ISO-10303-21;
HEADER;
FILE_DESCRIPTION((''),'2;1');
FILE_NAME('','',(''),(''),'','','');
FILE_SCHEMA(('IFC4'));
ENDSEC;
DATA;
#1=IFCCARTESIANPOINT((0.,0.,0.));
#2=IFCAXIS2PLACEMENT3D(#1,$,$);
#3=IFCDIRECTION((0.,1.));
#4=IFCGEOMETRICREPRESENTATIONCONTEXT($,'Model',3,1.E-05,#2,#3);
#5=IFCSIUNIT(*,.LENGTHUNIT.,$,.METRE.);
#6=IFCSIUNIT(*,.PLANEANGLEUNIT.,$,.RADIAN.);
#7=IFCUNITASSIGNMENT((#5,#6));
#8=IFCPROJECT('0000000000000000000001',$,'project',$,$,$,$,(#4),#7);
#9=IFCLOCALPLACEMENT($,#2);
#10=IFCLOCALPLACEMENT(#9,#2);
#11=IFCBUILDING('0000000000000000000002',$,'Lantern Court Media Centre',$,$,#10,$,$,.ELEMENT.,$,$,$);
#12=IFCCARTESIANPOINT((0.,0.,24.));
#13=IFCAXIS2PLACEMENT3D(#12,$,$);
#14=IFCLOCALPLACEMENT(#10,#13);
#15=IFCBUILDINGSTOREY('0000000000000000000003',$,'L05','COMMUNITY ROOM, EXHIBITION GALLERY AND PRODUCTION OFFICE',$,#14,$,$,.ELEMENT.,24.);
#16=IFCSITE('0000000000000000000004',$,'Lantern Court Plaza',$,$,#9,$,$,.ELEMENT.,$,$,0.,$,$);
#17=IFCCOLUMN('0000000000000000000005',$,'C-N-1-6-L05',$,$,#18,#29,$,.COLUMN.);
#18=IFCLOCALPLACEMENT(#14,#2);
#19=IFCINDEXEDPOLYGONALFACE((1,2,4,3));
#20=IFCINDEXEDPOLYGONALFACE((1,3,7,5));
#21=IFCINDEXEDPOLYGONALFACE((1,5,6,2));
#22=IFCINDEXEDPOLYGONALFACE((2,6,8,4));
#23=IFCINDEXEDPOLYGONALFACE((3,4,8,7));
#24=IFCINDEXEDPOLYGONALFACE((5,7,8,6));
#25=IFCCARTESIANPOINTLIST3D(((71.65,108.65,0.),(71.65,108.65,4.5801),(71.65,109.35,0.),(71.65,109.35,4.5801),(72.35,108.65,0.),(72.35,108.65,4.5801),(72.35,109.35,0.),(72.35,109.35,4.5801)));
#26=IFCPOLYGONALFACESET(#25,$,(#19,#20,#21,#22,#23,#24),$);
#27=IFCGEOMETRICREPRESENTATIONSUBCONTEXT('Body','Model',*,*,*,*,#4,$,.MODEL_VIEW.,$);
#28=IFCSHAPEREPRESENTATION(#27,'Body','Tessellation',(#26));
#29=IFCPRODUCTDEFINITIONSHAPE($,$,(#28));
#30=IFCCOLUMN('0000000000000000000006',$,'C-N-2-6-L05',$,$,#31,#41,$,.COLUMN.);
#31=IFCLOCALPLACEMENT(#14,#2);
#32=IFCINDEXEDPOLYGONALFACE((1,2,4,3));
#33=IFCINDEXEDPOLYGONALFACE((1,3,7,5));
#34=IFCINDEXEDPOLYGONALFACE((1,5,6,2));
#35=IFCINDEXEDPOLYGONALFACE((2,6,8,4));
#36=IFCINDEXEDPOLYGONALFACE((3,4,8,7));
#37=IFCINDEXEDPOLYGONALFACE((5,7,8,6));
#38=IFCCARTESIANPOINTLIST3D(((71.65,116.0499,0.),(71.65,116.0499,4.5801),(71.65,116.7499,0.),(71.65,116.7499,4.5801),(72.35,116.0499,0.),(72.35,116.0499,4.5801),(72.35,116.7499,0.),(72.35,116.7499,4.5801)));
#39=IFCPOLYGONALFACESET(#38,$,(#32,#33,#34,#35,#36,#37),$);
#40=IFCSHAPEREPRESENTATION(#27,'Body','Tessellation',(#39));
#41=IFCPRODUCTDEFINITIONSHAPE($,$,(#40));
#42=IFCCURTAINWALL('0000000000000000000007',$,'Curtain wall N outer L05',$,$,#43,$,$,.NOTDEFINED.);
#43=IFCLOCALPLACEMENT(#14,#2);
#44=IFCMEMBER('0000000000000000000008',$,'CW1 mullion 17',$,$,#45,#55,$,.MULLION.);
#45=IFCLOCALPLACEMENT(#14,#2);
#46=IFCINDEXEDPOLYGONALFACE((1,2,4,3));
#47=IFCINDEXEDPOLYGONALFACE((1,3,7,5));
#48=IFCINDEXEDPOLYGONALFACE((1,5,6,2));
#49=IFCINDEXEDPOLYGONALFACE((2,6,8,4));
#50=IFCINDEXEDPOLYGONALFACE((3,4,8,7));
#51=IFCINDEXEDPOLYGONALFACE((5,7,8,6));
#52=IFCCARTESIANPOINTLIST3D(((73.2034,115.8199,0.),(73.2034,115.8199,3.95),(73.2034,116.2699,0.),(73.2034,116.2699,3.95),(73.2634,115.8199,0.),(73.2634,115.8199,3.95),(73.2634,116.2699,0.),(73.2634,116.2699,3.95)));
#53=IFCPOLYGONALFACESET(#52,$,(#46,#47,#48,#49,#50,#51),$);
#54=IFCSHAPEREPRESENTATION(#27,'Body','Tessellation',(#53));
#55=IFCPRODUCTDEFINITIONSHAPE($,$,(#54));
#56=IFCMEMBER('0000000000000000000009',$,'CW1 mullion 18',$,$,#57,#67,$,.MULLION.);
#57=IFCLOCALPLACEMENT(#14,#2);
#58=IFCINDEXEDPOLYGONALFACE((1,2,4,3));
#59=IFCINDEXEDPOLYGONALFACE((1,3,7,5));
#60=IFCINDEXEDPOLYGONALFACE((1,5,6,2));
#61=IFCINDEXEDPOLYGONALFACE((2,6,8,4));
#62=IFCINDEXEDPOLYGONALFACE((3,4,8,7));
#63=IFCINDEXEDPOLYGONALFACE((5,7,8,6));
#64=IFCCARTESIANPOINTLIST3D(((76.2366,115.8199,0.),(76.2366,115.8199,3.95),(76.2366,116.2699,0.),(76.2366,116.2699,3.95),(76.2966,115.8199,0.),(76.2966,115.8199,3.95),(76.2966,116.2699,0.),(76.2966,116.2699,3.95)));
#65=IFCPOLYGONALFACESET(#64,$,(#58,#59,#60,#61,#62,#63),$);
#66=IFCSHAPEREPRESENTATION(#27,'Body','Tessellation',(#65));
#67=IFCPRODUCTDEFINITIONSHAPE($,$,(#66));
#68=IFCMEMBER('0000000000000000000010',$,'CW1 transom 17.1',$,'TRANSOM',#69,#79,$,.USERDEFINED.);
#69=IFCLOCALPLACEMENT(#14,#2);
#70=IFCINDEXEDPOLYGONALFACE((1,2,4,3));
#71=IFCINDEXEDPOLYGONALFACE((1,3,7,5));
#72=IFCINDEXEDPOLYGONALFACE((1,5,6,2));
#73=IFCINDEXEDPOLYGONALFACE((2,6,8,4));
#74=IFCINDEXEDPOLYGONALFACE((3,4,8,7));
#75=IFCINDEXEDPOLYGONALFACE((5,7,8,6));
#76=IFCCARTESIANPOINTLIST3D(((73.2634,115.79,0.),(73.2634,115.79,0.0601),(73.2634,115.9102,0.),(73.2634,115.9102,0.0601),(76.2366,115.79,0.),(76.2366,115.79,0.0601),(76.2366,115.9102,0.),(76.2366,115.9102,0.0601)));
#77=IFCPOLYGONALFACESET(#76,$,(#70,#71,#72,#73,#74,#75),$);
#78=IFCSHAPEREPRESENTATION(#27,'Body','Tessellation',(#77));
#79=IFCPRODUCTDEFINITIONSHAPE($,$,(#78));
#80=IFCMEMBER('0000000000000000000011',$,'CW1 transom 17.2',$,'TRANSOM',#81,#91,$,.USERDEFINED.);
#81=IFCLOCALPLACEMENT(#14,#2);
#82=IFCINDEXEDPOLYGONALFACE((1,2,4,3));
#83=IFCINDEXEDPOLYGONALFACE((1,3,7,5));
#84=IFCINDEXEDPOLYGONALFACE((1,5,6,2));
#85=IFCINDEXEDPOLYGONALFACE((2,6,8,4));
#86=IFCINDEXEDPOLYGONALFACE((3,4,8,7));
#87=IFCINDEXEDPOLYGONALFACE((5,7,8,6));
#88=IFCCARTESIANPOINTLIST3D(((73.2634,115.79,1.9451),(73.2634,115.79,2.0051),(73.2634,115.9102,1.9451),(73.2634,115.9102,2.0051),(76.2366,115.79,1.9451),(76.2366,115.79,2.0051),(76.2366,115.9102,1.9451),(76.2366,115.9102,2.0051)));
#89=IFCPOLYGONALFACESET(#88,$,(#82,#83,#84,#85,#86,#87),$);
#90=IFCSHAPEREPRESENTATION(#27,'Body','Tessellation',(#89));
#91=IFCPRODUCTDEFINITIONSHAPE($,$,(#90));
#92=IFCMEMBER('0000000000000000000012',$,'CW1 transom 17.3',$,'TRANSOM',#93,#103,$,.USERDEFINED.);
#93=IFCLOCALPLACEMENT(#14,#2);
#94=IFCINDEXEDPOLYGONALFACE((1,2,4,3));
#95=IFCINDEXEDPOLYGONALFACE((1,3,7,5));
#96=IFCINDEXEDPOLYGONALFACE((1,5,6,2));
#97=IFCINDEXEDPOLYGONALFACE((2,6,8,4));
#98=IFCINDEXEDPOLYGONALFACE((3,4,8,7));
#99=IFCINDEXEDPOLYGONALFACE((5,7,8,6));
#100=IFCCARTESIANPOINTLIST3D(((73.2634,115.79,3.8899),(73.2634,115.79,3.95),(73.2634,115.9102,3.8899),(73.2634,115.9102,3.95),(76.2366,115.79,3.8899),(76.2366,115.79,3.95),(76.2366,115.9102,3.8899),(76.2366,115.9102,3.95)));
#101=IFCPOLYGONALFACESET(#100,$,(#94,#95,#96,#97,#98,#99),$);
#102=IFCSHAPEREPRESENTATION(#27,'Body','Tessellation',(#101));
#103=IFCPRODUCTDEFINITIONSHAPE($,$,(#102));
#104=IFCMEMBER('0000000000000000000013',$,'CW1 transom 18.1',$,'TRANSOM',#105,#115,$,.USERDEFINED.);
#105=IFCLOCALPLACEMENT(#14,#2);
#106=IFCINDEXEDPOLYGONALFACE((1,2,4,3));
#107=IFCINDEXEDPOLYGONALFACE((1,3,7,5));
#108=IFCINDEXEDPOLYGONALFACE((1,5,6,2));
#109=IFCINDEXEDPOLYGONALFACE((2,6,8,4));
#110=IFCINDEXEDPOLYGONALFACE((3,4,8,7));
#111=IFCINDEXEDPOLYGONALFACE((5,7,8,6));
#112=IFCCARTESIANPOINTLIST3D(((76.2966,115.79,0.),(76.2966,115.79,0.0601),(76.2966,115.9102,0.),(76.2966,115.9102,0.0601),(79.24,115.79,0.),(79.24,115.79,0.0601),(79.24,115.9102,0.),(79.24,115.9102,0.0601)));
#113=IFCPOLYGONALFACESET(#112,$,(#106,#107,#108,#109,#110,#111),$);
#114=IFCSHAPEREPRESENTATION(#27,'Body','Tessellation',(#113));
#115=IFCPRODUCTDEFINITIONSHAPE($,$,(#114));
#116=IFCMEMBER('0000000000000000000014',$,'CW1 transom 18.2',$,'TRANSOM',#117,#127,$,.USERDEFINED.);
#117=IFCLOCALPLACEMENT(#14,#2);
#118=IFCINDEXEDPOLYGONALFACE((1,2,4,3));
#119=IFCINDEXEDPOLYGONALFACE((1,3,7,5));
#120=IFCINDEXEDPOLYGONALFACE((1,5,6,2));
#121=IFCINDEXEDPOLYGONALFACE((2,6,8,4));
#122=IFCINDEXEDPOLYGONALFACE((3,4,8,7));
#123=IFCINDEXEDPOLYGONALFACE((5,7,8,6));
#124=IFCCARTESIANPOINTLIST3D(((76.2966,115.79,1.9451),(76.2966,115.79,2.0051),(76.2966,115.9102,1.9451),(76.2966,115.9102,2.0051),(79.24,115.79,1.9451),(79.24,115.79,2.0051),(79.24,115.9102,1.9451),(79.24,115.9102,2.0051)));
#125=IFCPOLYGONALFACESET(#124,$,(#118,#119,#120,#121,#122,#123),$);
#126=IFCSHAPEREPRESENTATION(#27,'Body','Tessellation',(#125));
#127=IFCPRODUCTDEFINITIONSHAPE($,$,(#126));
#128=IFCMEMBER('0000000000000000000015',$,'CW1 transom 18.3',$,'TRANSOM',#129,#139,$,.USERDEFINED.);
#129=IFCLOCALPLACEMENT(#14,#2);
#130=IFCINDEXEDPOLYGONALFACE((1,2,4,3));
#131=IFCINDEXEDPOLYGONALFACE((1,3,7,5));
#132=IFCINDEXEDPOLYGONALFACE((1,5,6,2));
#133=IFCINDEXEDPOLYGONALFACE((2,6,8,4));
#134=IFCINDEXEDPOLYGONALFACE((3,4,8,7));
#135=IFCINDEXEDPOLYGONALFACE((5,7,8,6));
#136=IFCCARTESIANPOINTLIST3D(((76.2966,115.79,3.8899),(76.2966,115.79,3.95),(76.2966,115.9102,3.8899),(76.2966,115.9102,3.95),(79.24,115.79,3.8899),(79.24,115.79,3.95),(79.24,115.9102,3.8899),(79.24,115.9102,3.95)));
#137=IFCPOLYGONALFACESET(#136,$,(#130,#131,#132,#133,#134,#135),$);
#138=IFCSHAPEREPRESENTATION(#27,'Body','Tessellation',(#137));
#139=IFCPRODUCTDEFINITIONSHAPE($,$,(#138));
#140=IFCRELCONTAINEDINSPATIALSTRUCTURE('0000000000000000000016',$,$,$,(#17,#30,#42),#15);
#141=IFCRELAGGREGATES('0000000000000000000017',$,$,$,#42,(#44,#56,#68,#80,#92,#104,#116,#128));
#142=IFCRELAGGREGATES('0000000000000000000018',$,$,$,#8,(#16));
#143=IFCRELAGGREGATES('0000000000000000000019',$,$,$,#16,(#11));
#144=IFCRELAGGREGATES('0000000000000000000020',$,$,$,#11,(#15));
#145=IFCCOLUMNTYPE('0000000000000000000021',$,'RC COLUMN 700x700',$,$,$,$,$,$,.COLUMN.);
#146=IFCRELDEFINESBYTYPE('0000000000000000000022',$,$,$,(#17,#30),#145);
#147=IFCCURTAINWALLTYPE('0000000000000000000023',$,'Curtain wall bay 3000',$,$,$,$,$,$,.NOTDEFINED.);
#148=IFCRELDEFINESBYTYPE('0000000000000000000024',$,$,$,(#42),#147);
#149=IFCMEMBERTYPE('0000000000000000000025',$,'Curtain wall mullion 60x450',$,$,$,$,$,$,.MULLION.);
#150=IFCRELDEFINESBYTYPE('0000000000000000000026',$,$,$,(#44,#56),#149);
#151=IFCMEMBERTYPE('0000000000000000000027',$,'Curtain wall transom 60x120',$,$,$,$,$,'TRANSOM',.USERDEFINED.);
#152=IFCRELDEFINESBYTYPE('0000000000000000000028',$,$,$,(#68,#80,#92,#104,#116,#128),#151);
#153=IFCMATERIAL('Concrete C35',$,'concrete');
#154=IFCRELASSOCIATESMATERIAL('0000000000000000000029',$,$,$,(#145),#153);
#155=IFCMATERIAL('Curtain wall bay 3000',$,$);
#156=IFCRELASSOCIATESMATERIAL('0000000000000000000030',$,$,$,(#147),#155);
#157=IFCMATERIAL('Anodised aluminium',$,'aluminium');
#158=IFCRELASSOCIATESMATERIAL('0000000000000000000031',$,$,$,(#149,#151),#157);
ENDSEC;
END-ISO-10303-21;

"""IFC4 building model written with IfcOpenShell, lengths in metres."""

from ifc_helpers import new_model, si_unit, direction, frame, origin, origin_2d, place, context, subcontext, project, spatial, rectangle, extrude, material, material_profile, profile_set, type_object, element, aggregate, save


model = new_model("IFC4")

# Units and contexts
model_context = context("Model", 3, precision=1e-05, world=origin(), true_north=direction((0.0, 1.0)))
body_context = subcontext(model_context, "Body", "Model", "MODEL_VIEW")
ifc_project = project(units=[si_unit("LENGTHUNIT", "METRE"), si_unit("PLANEANGLEUNIT", "RADIAN")], contexts=[model_context])

# Site, building, storey
site_placement = place(None, origin())
site = spatial("IfcSite", under=ifc_project, at=site_placement, Name="Lantern Court Plaza", CompositionType="ELEMENT", RefElevation=0.0)
building_placement = place(site_placement, origin())
building = spatial("IfcBuilding", under=site, at=building_placement, Name="Lantern Court Media Centre", CompositionType="ELEMENT")
storey_placement = place(building_placement, frame((0.0, 0.0, 24.0)))
storey = spatial("IfcBuildingStorey", under=building, at=storey_placement, Name="L05", Description="COMMUNITY ROOM, EXHIBITION GALLERY AND PRODUCTION OFFICE", CompositionType="ELEMENT", Elevation=24.0)

# Columns
ifc_material_1 = material(Name="Concrete C35", Category="concrete")
ifc_material_profile_1 = material_profile(ifc_material_1, rectangle(XDim=0.7, YDim=0.7, at=origin_2d()), Name="RC 700x700")
ifc_profile_set_1 = profile_set([ifc_material_profile_1], Name="Concrete C35")
column_type = type_object("IfcColumnType", Name="RC COLUMN 700x700", PredefinedType="COLUMN", material=ifc_profile_set_1)
for number, where, z_axis, x_axis, name in (
    (1, (72.0, 109.0, 0.0), (0.0, 0.0, 1.0), (1.0, 0.0, 0.0), "C-N-1-6-L05"),
    (2, (72.0, 116.3999, 0.0), (0.0, 0.0, 1.0), (1.0, 0.0, 0.0), "C-N-2-6-L05"),
):
    element("IfcColumn", number, at=place(storey_placement, frame(where, z_axis=z_axis, x_axis=x_axis)), inside=storey, type_object=column_type, Name=name, PredefinedType="COLUMN", context=body_context, shape_type="SweptSolid", body=[
        extrude(rectangle(XDim=0.7, YDim=0.7, at=origin_2d()), origin(), (0.0, 0.0, 1.0), 4.5801),
    ])

# Curtain wall, members
ifc_material_2 = material(Name="Curtain wall bay 3000")
curtain_wall_type = type_object("IfcCurtainWallType", Name="Curtain wall bay 3000", PredefinedType="NOTDEFINED", material=ifc_material_2)
curtain_wall_placement = place(storey_placement, origin())
curtain_wall = element("IfcCurtainWall", 3, at=curtain_wall_placement, inside=storey, type_object=curtain_wall_type, Name="Curtain wall N outer L05", PredefinedType="NOTDEFINED")
ifc_material_3 = material(Name="Anodised aluminium", Category="aluminium")
ifc_material_profile_2 = material_profile(ifc_material_3, rectangle(XDim=0.45, YDim=0.0601, at=origin_2d()), Name="AL 60x450")
ifc_profile_set_2 = profile_set([ifc_material_profile_2], Name="Anodised aluminium")
member_type_1 = type_object("IfcMemberType", Name="Curtain wall mullion 60x450", PredefinedType="MULLION", material=ifc_profile_set_2)
member_1_placement = place(storey_placement, frame((73.2334, 116.0449, 0.0), z_axis=(0.0, 0.0, 1.0), x_axis=(0.0, 1.0, 0.0)))
member_1 = element("IfcMember", 4, at=member_1_placement, type_object=member_type_1, Name="CW1 mullion 17", PredefinedType="MULLION", context=body_context, shape_type="SweptSolid", body=[
    extrude(rectangle(XDim=0.45, YDim=0.0601, at=origin_2d()), origin(), (0.0, 0.0, 1.0), 3.95),
])
member_2_placement = place(storey_placement, frame((76.2666, 116.0449, 0.0), z_axis=(0.0, 0.0, 1.0), x_axis=(0.0, 1.0, 0.0)))
member_2 = element("IfcMember", 5, at=member_2_placement, type_object=member_type_1, Name="CW1 mullion 18", PredefinedType="MULLION", context=body_context, shape_type="SweptSolid", body=[
    extrude(rectangle(XDim=0.45, YDim=0.0601, at=origin_2d()), origin(), (0.0, 0.0, 1.0), 3.95),
])
ifc_material_profile_3 = material_profile(ifc_material_3, rectangle(XDim=0.1201, YDim=0.0601, at=origin_2d()), Name="AL 60x120")
ifc_profile_set_3 = profile_set([ifc_material_profile_3], Name="Anodised aluminium")
member_type_2 = type_object("IfcMemberType", Name="Curtain wall transom 60x120", ElementType="TRANSOM", PredefinedType="USERDEFINED", material=ifc_profile_set_3)
member_3_placement = place(storey_placement, frame((73.2634, 115.8501, 0.03), z_axis=(1.0, 0.0, 0.0), x_axis=(0.0, 1.0, 0.0)))
member_3 = element("IfcMember", 6, at=member_3_placement, type_object=member_type_2, Name="CW1 transom 17.1", ObjectType="TRANSOM", PredefinedType="USERDEFINED", context=body_context, shape_type="SweptSolid", body=[
    extrude(rectangle(XDim=0.1201, YDim=0.0601, at=origin_2d()), origin(), (0.0, 0.0, 1.0), 2.9731),
])
member_4_placement = place(storey_placement, frame((73.2634, 115.8501, 1.9751), z_axis=(1.0, 0.0, 0.0), x_axis=(0.0, 1.0, 0.0)))
member_4 = element("IfcMember", 7, at=member_4_placement, type_object=member_type_2, Name="CW1 transom 17.2", ObjectType="TRANSOM", PredefinedType="USERDEFINED", context=body_context, shape_type="SweptSolid", body=[
    extrude(rectangle(XDim=0.1201, YDim=0.0601, at=origin_2d()), origin(), (0.0, 0.0, 1.0), 2.9731),
])
member_5_placement = place(storey_placement, frame((73.2634, 115.8501, 3.9199), z_axis=(1.0, 0.0, 0.0), x_axis=(0.0, 1.0, 0.0)))
member_5 = element("IfcMember", 8, at=member_5_placement, type_object=member_type_2, Name="CW1 transom 17.3", ObjectType="TRANSOM", PredefinedType="USERDEFINED", context=body_context, shape_type="SweptSolid", body=[
    extrude(rectangle(XDim=0.1201, YDim=0.0601, at=origin_2d()), origin(), (0.0, 0.0, 1.0), 2.9731),
])
member_6_placement = place(storey_placement, frame((76.2966, 115.8501, 0.03), z_axis=(1.0, 0.0, 0.0), x_axis=(0.0, 1.0, 0.0)))
member_6 = element("IfcMember", 9, at=member_6_placement, type_object=member_type_2, Name="CW1 transom 18.1", ObjectType="TRANSOM", PredefinedType="USERDEFINED", context=body_context, shape_type="SweptSolid", body=[
    extrude(rectangle(XDim=0.1201, YDim=0.0601, at=origin_2d()), origin(), (0.0, 0.0, 1.0), 2.9434),
])
member_7_placement = place(storey_placement, frame((76.2966, 115.8501, 1.9751), z_axis=(1.0, 0.0, 0.0), x_axis=(0.0, 1.0, 0.0)))
member_7 = element("IfcMember", 10, at=member_7_placement, type_object=member_type_2, Name="CW1 transom 18.2", ObjectType="TRANSOM", PredefinedType="USERDEFINED", context=body_context, shape_type="SweptSolid", body=[
    extrude(rectangle(XDim=0.1201, YDim=0.0601, at=origin_2d()), origin(), (0.0, 0.0, 1.0), 2.9434),
])
member_8_placement = place(storey_placement, frame((76.2966, 115.8501, 3.9199), z_axis=(1.0, 0.0, 0.0), x_axis=(0.0, 1.0, 0.0)))
member_8 = element("IfcMember", 11, at=member_8_placement, type_object=member_type_2, Name="CW1 transom 18.3", ObjectType="TRANSOM", PredefinedType="USERDEFINED", context=body_context, shape_type="SweptSolid", body=[
    extrude(rectangle(XDim=0.1201, YDim=0.0601, at=origin_2d()), origin(), (0.0, 0.0, 1.0), 2.9434),
])

aggregate(curtain_wall, [member_1, member_2, member_3, member_4, member_5, member_6, member_7, member_8])

save(model, "model.ifc")
